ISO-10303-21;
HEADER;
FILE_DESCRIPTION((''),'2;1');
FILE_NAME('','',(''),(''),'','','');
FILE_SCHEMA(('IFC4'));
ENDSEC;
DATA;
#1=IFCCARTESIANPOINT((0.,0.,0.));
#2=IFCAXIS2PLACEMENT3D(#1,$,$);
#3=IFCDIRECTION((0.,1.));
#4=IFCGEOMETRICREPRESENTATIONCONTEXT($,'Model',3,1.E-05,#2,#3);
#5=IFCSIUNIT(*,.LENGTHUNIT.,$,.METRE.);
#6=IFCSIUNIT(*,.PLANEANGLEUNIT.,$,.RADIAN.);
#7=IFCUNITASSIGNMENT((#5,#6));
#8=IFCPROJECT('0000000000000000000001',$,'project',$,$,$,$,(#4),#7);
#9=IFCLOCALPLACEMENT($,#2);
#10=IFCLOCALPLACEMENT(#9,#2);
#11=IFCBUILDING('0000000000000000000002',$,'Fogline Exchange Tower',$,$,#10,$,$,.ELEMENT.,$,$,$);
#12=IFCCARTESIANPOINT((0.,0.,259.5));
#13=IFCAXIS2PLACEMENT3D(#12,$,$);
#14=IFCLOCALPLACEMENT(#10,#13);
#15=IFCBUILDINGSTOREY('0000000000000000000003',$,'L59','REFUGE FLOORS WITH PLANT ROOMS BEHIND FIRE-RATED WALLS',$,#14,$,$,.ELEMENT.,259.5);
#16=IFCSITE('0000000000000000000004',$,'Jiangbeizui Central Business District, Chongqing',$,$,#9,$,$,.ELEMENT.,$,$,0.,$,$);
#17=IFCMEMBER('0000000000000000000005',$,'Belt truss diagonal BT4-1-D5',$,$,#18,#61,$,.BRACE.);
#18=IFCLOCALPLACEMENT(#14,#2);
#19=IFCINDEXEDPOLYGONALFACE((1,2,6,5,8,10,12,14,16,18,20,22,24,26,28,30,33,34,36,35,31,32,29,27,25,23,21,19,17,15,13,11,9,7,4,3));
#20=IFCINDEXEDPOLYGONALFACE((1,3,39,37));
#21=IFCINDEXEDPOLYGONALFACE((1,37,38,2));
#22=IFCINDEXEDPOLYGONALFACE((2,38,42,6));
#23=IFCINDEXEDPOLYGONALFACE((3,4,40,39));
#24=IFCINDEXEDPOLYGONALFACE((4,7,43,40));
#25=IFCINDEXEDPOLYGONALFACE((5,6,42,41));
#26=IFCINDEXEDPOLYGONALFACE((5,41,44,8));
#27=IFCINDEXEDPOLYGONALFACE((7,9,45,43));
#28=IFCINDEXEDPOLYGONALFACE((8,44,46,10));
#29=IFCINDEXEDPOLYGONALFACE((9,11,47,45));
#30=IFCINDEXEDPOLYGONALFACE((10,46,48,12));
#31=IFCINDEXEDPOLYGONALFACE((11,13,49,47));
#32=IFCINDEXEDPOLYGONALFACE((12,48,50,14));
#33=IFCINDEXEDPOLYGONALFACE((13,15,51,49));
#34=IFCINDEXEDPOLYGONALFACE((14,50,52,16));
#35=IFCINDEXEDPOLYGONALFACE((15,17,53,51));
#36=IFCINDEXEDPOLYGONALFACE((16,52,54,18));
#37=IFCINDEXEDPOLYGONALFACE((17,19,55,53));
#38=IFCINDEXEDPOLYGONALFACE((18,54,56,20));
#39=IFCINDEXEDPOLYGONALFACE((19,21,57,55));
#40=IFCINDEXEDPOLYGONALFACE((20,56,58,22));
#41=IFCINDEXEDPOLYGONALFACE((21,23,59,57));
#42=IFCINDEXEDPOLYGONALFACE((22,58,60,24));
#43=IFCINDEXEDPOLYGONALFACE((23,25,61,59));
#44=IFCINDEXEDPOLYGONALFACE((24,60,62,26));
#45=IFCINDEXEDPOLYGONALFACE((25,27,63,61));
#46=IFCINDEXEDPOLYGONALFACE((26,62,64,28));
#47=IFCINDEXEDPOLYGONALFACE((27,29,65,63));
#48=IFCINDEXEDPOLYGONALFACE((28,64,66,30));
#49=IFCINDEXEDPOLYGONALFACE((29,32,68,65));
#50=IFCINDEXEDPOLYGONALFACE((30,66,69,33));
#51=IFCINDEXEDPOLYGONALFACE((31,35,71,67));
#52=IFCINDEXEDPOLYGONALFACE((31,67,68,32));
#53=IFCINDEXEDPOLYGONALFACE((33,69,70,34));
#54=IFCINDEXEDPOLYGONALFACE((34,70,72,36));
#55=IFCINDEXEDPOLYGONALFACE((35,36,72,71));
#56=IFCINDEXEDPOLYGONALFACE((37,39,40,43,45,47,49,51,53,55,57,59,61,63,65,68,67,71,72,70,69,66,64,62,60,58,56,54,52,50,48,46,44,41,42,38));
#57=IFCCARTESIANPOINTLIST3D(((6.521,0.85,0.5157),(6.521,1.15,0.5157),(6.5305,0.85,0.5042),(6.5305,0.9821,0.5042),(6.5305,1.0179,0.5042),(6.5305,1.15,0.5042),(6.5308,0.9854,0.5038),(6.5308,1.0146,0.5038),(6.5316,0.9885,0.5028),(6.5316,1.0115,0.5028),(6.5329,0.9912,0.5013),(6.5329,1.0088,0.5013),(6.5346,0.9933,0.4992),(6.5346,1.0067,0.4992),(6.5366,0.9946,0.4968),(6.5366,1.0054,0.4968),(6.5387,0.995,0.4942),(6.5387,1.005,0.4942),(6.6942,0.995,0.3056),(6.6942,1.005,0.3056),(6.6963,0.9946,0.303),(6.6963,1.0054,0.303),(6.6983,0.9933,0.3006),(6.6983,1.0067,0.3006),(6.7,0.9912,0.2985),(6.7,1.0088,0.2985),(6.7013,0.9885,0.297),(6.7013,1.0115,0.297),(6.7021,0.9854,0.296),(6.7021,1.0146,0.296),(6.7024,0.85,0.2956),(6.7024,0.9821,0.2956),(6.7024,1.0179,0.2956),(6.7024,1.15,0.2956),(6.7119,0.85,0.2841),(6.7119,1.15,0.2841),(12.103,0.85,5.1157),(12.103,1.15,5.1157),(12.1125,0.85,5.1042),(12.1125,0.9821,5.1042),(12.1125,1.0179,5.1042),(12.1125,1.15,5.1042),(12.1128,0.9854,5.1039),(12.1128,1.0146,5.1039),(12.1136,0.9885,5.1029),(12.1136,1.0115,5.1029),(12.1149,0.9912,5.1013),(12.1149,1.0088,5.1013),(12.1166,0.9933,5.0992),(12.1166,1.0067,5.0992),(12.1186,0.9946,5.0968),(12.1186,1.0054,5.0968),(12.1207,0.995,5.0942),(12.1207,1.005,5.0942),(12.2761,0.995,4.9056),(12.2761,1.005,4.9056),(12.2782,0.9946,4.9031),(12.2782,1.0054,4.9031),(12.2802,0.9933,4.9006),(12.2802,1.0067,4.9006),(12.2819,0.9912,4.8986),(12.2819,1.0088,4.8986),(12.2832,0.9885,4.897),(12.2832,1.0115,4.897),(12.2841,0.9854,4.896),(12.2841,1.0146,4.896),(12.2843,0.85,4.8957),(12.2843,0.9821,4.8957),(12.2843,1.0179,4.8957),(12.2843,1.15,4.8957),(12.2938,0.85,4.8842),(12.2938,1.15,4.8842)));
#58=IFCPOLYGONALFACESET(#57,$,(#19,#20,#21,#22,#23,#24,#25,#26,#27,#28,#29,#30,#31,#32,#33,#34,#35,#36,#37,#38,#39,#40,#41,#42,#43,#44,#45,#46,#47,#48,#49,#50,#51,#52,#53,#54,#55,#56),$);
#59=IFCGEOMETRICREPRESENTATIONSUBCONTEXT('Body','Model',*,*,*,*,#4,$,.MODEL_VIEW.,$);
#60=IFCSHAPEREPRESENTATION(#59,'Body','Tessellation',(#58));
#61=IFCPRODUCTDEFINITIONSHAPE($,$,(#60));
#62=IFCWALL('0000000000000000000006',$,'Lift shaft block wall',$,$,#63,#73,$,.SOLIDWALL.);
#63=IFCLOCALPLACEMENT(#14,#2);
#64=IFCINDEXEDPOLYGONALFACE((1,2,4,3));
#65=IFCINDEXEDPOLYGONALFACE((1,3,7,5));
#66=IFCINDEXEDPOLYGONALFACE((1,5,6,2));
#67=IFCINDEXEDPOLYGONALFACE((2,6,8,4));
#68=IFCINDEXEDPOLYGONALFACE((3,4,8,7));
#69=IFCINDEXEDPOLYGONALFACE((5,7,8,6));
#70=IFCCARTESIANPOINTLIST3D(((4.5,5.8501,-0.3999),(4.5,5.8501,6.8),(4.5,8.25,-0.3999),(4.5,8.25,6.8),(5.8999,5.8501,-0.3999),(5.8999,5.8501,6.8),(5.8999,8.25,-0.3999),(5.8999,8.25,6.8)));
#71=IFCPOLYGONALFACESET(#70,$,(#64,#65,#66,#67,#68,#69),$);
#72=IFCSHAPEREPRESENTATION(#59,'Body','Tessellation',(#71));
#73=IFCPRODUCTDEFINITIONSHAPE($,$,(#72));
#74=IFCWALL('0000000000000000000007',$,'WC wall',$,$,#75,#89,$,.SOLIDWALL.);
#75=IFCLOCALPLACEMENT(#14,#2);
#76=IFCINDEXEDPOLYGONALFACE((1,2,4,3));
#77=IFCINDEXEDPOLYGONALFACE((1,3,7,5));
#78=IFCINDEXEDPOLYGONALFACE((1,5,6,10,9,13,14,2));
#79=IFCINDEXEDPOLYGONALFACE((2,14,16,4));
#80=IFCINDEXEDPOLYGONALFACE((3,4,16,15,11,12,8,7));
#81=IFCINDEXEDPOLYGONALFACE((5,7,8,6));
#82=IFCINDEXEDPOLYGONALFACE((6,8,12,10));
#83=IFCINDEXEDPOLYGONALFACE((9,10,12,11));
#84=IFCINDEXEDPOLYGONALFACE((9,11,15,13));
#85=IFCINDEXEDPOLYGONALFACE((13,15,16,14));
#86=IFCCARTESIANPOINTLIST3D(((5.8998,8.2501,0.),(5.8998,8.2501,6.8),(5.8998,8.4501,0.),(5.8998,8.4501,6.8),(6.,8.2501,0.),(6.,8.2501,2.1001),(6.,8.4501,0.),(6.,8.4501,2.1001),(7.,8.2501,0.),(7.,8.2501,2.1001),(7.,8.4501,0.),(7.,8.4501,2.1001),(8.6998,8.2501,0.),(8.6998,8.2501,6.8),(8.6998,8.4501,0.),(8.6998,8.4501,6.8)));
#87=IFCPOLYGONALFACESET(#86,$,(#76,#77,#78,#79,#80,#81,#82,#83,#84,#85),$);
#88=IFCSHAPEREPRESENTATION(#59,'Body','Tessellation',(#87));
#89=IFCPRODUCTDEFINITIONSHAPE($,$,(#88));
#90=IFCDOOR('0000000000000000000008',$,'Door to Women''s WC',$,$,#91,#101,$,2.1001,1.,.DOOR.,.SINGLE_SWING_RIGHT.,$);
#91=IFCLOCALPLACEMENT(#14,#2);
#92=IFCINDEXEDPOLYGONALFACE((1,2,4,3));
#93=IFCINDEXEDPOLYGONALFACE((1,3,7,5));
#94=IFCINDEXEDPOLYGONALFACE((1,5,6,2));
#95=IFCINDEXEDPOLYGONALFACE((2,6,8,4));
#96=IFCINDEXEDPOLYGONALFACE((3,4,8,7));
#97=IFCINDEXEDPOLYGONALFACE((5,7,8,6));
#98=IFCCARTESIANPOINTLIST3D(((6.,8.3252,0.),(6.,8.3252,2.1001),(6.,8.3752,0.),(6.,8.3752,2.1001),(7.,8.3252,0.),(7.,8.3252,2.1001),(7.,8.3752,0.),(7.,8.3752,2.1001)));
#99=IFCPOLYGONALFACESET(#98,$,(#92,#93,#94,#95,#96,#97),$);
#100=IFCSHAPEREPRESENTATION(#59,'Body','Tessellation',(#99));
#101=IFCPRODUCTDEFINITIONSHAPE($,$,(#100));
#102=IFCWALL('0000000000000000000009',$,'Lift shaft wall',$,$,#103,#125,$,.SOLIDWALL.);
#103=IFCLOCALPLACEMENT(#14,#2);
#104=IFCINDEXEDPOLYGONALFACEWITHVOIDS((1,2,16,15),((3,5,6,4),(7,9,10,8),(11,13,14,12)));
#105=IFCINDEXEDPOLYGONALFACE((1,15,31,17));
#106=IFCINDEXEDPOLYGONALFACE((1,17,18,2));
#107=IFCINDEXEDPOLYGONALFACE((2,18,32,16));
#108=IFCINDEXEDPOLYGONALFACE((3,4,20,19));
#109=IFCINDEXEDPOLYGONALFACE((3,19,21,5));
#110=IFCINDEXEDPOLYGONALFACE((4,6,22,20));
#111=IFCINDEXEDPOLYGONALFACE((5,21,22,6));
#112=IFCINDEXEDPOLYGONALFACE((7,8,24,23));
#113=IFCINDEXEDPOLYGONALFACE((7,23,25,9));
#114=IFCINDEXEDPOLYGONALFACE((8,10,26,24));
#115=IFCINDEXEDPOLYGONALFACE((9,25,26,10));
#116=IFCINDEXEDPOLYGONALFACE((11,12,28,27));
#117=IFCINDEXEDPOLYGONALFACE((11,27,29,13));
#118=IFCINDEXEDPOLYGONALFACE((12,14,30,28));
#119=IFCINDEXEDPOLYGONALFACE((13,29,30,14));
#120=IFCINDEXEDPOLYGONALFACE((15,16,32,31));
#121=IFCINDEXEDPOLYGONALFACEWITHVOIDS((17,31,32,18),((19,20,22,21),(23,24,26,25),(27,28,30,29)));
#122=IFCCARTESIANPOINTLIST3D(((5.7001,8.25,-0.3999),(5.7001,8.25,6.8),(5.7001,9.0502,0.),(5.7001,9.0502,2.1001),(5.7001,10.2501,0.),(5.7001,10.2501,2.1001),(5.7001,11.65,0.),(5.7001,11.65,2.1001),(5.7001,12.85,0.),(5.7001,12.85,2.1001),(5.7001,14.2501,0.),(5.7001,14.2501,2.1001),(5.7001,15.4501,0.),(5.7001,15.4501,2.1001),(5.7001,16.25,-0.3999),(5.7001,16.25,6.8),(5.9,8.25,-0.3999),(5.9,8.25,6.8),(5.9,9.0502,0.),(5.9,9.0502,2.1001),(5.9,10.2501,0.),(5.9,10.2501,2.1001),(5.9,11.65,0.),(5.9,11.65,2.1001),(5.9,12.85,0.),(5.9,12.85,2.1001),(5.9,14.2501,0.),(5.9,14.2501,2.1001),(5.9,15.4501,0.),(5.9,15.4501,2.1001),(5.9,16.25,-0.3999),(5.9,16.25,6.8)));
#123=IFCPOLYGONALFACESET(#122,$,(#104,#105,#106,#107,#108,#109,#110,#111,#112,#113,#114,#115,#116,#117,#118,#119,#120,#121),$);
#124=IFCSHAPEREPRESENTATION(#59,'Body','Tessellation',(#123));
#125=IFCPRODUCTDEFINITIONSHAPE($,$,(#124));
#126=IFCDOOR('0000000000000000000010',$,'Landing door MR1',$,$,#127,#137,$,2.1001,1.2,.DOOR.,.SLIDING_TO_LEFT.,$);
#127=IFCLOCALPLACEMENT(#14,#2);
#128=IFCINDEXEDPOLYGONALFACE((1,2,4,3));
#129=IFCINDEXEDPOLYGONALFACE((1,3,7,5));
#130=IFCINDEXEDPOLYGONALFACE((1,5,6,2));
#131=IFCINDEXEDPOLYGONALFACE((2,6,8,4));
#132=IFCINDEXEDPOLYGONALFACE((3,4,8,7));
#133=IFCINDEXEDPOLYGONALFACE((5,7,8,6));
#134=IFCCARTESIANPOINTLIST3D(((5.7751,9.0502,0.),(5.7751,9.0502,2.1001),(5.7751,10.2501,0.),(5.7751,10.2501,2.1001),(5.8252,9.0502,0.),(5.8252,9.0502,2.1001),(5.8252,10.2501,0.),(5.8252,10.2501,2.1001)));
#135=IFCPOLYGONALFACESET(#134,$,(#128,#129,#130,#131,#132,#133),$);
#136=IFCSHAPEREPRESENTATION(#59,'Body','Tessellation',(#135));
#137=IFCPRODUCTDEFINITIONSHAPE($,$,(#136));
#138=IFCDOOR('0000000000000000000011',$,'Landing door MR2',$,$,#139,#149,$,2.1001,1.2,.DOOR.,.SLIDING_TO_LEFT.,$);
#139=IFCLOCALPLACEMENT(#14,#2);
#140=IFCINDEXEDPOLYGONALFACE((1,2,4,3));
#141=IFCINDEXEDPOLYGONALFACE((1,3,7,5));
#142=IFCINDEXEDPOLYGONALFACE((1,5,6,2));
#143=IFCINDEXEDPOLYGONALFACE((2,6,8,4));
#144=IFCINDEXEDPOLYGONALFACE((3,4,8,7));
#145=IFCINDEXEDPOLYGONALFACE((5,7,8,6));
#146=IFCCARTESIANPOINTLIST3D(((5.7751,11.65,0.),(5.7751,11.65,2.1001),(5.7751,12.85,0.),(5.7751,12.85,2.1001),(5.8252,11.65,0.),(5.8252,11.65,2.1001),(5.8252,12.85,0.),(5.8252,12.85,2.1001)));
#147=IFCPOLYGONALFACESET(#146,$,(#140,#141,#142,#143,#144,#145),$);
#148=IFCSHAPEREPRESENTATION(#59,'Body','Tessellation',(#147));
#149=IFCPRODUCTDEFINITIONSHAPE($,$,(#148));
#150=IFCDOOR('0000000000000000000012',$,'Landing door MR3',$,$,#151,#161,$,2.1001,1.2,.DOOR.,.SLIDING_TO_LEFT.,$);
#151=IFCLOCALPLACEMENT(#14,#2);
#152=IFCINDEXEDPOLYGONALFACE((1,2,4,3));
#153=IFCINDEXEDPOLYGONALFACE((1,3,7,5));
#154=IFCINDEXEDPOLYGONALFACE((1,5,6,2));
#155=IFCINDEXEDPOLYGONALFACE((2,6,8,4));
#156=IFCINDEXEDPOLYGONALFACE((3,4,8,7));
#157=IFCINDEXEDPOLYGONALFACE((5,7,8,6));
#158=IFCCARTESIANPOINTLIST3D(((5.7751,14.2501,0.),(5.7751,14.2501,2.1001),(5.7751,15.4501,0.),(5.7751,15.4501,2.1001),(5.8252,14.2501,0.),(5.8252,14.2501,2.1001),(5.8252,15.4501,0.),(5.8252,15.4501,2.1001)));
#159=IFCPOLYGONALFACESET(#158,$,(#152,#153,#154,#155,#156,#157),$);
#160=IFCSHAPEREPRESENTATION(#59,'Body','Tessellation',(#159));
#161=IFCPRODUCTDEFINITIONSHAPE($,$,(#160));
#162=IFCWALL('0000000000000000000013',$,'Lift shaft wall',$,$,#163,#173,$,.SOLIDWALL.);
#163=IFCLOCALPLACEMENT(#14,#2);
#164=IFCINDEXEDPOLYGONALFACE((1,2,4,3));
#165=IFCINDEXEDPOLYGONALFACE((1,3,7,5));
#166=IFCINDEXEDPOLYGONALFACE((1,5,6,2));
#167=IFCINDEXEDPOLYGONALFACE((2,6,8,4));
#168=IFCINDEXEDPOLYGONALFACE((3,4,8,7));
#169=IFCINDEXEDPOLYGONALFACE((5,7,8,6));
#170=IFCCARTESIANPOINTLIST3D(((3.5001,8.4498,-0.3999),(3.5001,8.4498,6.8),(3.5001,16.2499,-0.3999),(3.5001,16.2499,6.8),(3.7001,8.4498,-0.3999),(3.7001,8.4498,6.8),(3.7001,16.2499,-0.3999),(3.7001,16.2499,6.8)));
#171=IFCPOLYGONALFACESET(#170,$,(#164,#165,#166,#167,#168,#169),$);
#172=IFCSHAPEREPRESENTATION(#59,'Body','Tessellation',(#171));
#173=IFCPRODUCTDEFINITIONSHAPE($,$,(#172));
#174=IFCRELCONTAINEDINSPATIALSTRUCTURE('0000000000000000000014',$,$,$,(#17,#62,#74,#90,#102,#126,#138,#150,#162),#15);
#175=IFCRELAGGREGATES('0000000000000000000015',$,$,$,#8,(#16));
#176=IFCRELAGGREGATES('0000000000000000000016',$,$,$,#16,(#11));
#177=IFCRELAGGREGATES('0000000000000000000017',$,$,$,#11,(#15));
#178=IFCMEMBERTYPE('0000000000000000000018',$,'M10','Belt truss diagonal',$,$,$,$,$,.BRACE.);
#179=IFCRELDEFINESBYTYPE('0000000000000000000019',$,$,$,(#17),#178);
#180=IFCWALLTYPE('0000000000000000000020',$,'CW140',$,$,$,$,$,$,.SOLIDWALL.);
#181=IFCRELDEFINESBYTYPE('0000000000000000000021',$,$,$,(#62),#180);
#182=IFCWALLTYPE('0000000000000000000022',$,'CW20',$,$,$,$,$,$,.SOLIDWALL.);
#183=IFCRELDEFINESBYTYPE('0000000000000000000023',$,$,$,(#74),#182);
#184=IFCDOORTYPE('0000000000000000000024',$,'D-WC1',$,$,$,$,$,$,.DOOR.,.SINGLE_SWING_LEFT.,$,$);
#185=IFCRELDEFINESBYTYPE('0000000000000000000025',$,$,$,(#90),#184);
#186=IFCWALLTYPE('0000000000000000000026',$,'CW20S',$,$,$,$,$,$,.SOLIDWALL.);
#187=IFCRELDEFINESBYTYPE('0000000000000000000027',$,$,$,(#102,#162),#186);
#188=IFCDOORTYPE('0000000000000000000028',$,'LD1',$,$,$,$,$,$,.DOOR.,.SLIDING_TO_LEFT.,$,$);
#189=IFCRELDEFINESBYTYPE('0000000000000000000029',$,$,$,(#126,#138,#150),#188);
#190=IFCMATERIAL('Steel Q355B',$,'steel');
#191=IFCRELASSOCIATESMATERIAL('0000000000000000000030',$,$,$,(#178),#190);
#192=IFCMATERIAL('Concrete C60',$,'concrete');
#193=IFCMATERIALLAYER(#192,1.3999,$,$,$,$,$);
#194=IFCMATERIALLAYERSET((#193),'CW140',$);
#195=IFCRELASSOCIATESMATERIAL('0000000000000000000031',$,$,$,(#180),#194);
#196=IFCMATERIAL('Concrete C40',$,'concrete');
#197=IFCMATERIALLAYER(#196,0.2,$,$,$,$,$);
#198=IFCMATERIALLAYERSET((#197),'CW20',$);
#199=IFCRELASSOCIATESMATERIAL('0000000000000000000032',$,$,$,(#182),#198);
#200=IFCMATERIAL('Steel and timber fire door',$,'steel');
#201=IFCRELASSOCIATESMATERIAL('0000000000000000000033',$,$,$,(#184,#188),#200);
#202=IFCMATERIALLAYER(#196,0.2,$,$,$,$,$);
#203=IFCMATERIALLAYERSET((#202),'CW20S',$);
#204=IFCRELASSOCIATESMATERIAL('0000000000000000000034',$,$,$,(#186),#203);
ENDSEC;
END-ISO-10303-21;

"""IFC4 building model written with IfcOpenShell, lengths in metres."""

from ifc_helpers import new_model, si_unit, direction, frame, frame_2d, origin, origin_2d, place, context, subcontext, project, spatial, rectangle, i_section, extrude, material, layer, layer_set, material_profile, profile_set, type_object, element, fill, save


model = new_model("IFC4")

# Units and contexts
model_context = context("Model", 3, precision=1e-05, world=origin(), true_north=direction((0.0, 1.0)))
body_context = subcontext(model_context, "Body", "Model", "MODEL_VIEW")
ifc_project = project(units=[si_unit("LENGTHUNIT", "METRE"), si_unit("PLANEANGLEUNIT", "RADIAN")], contexts=[model_context])

# Site, building, storey
site_placement = place(None, origin())
site = spatial("IfcSite", under=ifc_project, at=site_placement, Name="Jiangbeizui Central Business District, Chongqing", CompositionType="ELEMENT", RefElevation=0.0)
building_placement = place(site_placement, origin())
building = spatial("IfcBuilding", under=site, at=building_placement, Name="Fogline Exchange Tower", CompositionType="ELEMENT")
storey_placement = place(building_placement, frame((0.0, 0.0, 259.5)))
storey = spatial("IfcBuildingStorey", under=building, at=storey_placement, Name="L59", Description="REFUGE FLOORS WITH PLANT ROOMS BEHIND FIRE-RATED WALLS", CompositionType="ELEMENT", Elevation=259.5)

# Member
ifc_material_1 = material(Name="Steel Q355B", Category="steel")
ifc_material_profile = material_profile(ifc_material_1, i_section(OverallWidth=0.3, OverallDepth=0.3, WebThickness=0.01, FlangeThickness=0.0149, FilletRadius=0.0129, at=origin_2d()), Name="HW300X300X10X15")
ifc_profile_set = profile_set([ifc_material_profile], Name="Steel Q355B")
member_type = type_object("IfcMemberType", Name="M10", Description="Belt truss diagonal", PredefinedType="BRACE", material=ifc_profile_set)
member_placement = place(storey_placement, frame((6.6165, 1.0, 0.3999), z_axis=(0.771718, 0.0, 0.635965), x_axis=(0.0, 1.0, 0.0)))
element("IfcMember", 1, at=member_placement, inside=storey, type_object=member_type, Name="Belt truss diagonal BT4-1-D5", PredefinedType="BRACE", context=body_context, shape_type="SweptSolid", body=[
    extrude(i_section(OverallWidth=0.3, OverallDepth=0.3, WebThickness=0.01, FlangeThickness=0.0149, FilletRadius=0.0129, at=origin_2d()), origin(), (0.0, 0.0, 1.0), 7.2332),
])

# Wall
ifc_material_2 = material(Name="Concrete C60", Category="concrete")
ifc_layer_1 = layer(ifc_material_2, 1.3999)
ifc_layer_set_1 = layer_set([ifc_layer_1], Name="CW140")
wall_type_1 = type_object("IfcWallType", Name="CW140", PredefinedType="SOLIDWALL", material=ifc_layer_set_1)
wall_1_placement = place(storey_placement, frame((5.2, 5.8501, -0.3999), z_axis=(0.0, 0.0, 1.0), x_axis=(0.0, 1.0, 0.0)))
element("IfcWall", 2, at=wall_1_placement, inside=storey, type_object=wall_type_1, Name="Lift shaft block wall", PredefinedType="SOLIDWALL", context=body_context, shape_type="SweptSolid", body=[
    extrude(rectangle(XDim=2.3999, YDim=1.3999, at=frame_2d((1.2, 0.0))), origin(), (0.0, 0.0, 1.0), 7.2),
])

# Wall, opening, door
ifc_material_3 = material(Name="Concrete C40", Category="concrete")
ifc_layer_2 = layer(ifc_material_3, 0.2)
ifc_layer_set_2 = layer_set([ifc_layer_2], Name="CW20")
wall_type_2 = type_object("IfcWallType", Name="CW20", PredefinedType="SOLIDWALL", material=ifc_layer_set_2)
wall_2_placement = place(storey_placement, frame((5.8999, 8.3501, 0.0), z_axis=(0.0, 0.0, 1.0), x_axis=(1.0, 0.0, 0.0)))
wall_2 = element("IfcWall", 3, at=wall_2_placement, inside=storey, type_object=wall_type_2, Name="WC wall", PredefinedType="SOLIDWALL", context=body_context, shape_type="SweptSolid", body=[
    extrude(rectangle(XDim=2.8, YDim=0.2, at=frame_2d((1.3999, 0.0))), origin(), (0.0, 0.0, 1.0), 6.8),
])
opening_1_placement = place(wall_2_placement, frame((0.1001, 0.0, 0.0)))
opening_1 = element("IfcOpeningElement", 4, at=opening_1_placement, cuts=wall_2, PredefinedType="OPENING", context=body_context, shape_type="SweptSolid", body=[
    extrude(rectangle(XDim=1.0, YDim=2.1001, at=frame_2d((0.5, 1.05))), frame((0.0, 0.1099, 0.0), z_axis=(0.0, -1.0, 0.0), x_axis=(1.0, 0.0, 0.0)), (0.0, 0.0, 1.0), 0.22),
])
ifc_material_4 = material(Name="Steel and timber fire door", Category="steel")
door_type_1 = type_object("IfcDoorType", Name="D-WC1", OperationType="SINGLE_SWING_LEFT", PredefinedType="DOOR", material=ifc_material_4)
door_1_placement = place(opening_1_placement, frame((1.0, 0.0, 0.0), z_axis=(0.0, 0.0, 1.0), x_axis=(-1.0, 0.0, 0.0)))
door_1 = element("IfcDoor", 5, at=door_1_placement, inside=storey, type_object=door_type_1, Name="Door to Women's WC", OperationType="SINGLE_SWING_RIGHT", OverallHeight=2.1001, OverallWidth=1.0, PredefinedType="DOOR", context=body_context, shape_type="SweptSolid", body=[
    extrude(rectangle(XDim=1.0, YDim=2.1001, at=frame_2d((0.5, 1.05))), frame((0.0, 0.0249, 0.0), z_axis=(0.0, -1.0, 0.0), x_axis=(1.0, 0.0, 0.0)), (0.0, 0.0, 1.0), 0.05),
])
fill(opening_1, door_1)

# Wall, openings, doors
ifc_layer_3 = layer(ifc_material_3, 0.2)
ifc_layer_set_3 = layer_set([ifc_layer_3], Name="CW20S")
wall_type_3 = type_object("IfcWallType", Name="CW20S", PredefinedType="SOLIDWALL", material=ifc_layer_set_3)
wall_3_placement = place(storey_placement, frame((5.8, 8.25, -0.3999), z_axis=(0.0, 0.0, 1.0), x_axis=(0.0, 1.0, 0.0)))
wall_3 = element("IfcWall", 6, at=wall_3_placement, inside=storey, type_object=wall_type_3, Name="Lift shaft wall", PredefinedType="SOLIDWALL", context=body_context, shape_type="SweptSolid", body=[
    extrude(rectangle(XDim=8.0, YDim=0.2, at=frame_2d((4.0, 0.0))), origin(), (0.0, 0.0, 1.0), 7.2),
])
opening_2_placement = place(wall_3_placement, frame((0.8, 0.0, 0.3999)))
opening_2 = element("IfcOpeningElement", 7, at=opening_2_placement, cuts=wall_3, PredefinedType="OPENING", context=body_context, shape_type="SweptSolid", body=[
    extrude(rectangle(XDim=1.2, YDim=2.1001, at=frame_2d((0.6001, 1.05))), frame((0.0, 0.1099, 0.0), z_axis=(0.0, -1.0, 0.0), x_axis=(1.0, 0.0, 0.0)), (0.0, 0.0, 1.0), 0.22),
])
opening_3_placement = place(wall_3_placement, frame((3.3999, 0.0, 0.3999)))
opening_3 = element("IfcOpeningElement", 8, at=opening_3_placement, cuts=wall_3, PredefinedType="OPENING", context=body_context, shape_type="SweptSolid", body=[
    extrude(rectangle(XDim=1.2, YDim=2.1001, at=frame_2d((0.6001, 1.05))), frame((0.0, 0.1099, 0.0), z_axis=(0.0, -1.0, 0.0), x_axis=(1.0, 0.0, 0.0)), (0.0, 0.0, 1.0), 0.22),
])
opening_4_placement = place(wall_3_placement, frame((6.0, 0.0, 0.3999)))
opening_4 = element("IfcOpeningElement", 9, at=opening_4_placement, cuts=wall_3, PredefinedType="OPENING", context=body_context, shape_type="SweptSolid", body=[
    extrude(rectangle(XDim=1.2, YDim=2.1001, at=frame_2d((0.6001, 1.05))), frame((0.0, 0.1099, 0.0), z_axis=(0.0, -1.0, 0.0), x_axis=(1.0, 0.0, 0.0)), (0.0, 0.0, 1.0), 0.22),
])
door_type_2 = type_object("IfcDoorType", Name="LD1", OperationType="SLIDING_TO_LEFT", PredefinedType="DOOR", material=ifc_material_4)
door_2_placement = place(opening_2_placement, origin())
door_2 = element("IfcDoor", 10, at=door_2_placement, inside=storey, type_object=door_type_2, Name="Landing door MR1", OperationType="SLIDING_TO_LEFT", OverallHeight=2.1001, OverallWidth=1.2, PredefinedType="DOOR", context=body_context, shape_type="SweptSolid", body=[
    extrude(rectangle(XDim=1.2, YDim=2.1001, at=frame_2d((0.6001, 1.05))), frame((0.0, 0.0249, 0.0), z_axis=(0.0, -1.0, 0.0), x_axis=(1.0, 0.0, 0.0)), (0.0, 0.0, 1.0), 0.05),
])
fill(opening_2, door_2)
door_3_placement = place(opening_3_placement, origin())
door_3 = element("IfcDoor", 11, at=door_3_placement, inside=storey, type_object=door_type_2, Name="Landing door MR2", OperationType="SLIDING_TO_LEFT", OverallHeight=2.1001, OverallWidth=1.2, PredefinedType="DOOR", context=body_context, shape_type="SweptSolid", body=[
    extrude(rectangle(XDim=1.2, YDim=2.1001, at=frame_2d((0.6001, 1.05))), frame((0.0, 0.0249, 0.0), z_axis=(0.0, -1.0, 0.0), x_axis=(1.0, 0.0, 0.0)), (0.0, 0.0, 1.0), 0.05),
])
fill(opening_3, door_3)
door_4_placement = place(opening_4_placement, origin())
door_4 = element("IfcDoor", 12, at=door_4_placement, inside=storey, type_object=door_type_2, Name="Landing door MR3", OperationType="SLIDING_TO_LEFT", OverallHeight=2.1001, OverallWidth=1.2, PredefinedType="DOOR", context=body_context, shape_type="SweptSolid", body=[
    extrude(rectangle(XDim=1.2, YDim=2.1001, at=frame_2d((0.6001, 1.05))), frame((0.0, 0.0249, 0.0), z_axis=(0.0, -1.0, 0.0), x_axis=(1.0, 0.0, 0.0)), (0.0, 0.0, 1.0), 0.05),
])
fill(opening_4, door_4)

# Wall
wall_4_placement = place(storey_placement, frame((3.6001, 8.45, -0.3999), z_axis=(0.0, 0.0, 1.0), x_axis=(0.0, 1.0, 0.0)))
element("IfcWall", 13, at=wall_4_placement, inside=storey, type_object=wall_type_3, Name="Lift shaft wall", PredefinedType="SOLIDWALL", context=body_context, shape_type="SweptSolid", body=[
    extrude(rectangle(XDim=7.8, YDim=0.2, at=frame_2d((3.8999, 0.0))), origin(), (0.0, 0.0, 1.0), 7.2),
])

save(model, "model.ifc")
